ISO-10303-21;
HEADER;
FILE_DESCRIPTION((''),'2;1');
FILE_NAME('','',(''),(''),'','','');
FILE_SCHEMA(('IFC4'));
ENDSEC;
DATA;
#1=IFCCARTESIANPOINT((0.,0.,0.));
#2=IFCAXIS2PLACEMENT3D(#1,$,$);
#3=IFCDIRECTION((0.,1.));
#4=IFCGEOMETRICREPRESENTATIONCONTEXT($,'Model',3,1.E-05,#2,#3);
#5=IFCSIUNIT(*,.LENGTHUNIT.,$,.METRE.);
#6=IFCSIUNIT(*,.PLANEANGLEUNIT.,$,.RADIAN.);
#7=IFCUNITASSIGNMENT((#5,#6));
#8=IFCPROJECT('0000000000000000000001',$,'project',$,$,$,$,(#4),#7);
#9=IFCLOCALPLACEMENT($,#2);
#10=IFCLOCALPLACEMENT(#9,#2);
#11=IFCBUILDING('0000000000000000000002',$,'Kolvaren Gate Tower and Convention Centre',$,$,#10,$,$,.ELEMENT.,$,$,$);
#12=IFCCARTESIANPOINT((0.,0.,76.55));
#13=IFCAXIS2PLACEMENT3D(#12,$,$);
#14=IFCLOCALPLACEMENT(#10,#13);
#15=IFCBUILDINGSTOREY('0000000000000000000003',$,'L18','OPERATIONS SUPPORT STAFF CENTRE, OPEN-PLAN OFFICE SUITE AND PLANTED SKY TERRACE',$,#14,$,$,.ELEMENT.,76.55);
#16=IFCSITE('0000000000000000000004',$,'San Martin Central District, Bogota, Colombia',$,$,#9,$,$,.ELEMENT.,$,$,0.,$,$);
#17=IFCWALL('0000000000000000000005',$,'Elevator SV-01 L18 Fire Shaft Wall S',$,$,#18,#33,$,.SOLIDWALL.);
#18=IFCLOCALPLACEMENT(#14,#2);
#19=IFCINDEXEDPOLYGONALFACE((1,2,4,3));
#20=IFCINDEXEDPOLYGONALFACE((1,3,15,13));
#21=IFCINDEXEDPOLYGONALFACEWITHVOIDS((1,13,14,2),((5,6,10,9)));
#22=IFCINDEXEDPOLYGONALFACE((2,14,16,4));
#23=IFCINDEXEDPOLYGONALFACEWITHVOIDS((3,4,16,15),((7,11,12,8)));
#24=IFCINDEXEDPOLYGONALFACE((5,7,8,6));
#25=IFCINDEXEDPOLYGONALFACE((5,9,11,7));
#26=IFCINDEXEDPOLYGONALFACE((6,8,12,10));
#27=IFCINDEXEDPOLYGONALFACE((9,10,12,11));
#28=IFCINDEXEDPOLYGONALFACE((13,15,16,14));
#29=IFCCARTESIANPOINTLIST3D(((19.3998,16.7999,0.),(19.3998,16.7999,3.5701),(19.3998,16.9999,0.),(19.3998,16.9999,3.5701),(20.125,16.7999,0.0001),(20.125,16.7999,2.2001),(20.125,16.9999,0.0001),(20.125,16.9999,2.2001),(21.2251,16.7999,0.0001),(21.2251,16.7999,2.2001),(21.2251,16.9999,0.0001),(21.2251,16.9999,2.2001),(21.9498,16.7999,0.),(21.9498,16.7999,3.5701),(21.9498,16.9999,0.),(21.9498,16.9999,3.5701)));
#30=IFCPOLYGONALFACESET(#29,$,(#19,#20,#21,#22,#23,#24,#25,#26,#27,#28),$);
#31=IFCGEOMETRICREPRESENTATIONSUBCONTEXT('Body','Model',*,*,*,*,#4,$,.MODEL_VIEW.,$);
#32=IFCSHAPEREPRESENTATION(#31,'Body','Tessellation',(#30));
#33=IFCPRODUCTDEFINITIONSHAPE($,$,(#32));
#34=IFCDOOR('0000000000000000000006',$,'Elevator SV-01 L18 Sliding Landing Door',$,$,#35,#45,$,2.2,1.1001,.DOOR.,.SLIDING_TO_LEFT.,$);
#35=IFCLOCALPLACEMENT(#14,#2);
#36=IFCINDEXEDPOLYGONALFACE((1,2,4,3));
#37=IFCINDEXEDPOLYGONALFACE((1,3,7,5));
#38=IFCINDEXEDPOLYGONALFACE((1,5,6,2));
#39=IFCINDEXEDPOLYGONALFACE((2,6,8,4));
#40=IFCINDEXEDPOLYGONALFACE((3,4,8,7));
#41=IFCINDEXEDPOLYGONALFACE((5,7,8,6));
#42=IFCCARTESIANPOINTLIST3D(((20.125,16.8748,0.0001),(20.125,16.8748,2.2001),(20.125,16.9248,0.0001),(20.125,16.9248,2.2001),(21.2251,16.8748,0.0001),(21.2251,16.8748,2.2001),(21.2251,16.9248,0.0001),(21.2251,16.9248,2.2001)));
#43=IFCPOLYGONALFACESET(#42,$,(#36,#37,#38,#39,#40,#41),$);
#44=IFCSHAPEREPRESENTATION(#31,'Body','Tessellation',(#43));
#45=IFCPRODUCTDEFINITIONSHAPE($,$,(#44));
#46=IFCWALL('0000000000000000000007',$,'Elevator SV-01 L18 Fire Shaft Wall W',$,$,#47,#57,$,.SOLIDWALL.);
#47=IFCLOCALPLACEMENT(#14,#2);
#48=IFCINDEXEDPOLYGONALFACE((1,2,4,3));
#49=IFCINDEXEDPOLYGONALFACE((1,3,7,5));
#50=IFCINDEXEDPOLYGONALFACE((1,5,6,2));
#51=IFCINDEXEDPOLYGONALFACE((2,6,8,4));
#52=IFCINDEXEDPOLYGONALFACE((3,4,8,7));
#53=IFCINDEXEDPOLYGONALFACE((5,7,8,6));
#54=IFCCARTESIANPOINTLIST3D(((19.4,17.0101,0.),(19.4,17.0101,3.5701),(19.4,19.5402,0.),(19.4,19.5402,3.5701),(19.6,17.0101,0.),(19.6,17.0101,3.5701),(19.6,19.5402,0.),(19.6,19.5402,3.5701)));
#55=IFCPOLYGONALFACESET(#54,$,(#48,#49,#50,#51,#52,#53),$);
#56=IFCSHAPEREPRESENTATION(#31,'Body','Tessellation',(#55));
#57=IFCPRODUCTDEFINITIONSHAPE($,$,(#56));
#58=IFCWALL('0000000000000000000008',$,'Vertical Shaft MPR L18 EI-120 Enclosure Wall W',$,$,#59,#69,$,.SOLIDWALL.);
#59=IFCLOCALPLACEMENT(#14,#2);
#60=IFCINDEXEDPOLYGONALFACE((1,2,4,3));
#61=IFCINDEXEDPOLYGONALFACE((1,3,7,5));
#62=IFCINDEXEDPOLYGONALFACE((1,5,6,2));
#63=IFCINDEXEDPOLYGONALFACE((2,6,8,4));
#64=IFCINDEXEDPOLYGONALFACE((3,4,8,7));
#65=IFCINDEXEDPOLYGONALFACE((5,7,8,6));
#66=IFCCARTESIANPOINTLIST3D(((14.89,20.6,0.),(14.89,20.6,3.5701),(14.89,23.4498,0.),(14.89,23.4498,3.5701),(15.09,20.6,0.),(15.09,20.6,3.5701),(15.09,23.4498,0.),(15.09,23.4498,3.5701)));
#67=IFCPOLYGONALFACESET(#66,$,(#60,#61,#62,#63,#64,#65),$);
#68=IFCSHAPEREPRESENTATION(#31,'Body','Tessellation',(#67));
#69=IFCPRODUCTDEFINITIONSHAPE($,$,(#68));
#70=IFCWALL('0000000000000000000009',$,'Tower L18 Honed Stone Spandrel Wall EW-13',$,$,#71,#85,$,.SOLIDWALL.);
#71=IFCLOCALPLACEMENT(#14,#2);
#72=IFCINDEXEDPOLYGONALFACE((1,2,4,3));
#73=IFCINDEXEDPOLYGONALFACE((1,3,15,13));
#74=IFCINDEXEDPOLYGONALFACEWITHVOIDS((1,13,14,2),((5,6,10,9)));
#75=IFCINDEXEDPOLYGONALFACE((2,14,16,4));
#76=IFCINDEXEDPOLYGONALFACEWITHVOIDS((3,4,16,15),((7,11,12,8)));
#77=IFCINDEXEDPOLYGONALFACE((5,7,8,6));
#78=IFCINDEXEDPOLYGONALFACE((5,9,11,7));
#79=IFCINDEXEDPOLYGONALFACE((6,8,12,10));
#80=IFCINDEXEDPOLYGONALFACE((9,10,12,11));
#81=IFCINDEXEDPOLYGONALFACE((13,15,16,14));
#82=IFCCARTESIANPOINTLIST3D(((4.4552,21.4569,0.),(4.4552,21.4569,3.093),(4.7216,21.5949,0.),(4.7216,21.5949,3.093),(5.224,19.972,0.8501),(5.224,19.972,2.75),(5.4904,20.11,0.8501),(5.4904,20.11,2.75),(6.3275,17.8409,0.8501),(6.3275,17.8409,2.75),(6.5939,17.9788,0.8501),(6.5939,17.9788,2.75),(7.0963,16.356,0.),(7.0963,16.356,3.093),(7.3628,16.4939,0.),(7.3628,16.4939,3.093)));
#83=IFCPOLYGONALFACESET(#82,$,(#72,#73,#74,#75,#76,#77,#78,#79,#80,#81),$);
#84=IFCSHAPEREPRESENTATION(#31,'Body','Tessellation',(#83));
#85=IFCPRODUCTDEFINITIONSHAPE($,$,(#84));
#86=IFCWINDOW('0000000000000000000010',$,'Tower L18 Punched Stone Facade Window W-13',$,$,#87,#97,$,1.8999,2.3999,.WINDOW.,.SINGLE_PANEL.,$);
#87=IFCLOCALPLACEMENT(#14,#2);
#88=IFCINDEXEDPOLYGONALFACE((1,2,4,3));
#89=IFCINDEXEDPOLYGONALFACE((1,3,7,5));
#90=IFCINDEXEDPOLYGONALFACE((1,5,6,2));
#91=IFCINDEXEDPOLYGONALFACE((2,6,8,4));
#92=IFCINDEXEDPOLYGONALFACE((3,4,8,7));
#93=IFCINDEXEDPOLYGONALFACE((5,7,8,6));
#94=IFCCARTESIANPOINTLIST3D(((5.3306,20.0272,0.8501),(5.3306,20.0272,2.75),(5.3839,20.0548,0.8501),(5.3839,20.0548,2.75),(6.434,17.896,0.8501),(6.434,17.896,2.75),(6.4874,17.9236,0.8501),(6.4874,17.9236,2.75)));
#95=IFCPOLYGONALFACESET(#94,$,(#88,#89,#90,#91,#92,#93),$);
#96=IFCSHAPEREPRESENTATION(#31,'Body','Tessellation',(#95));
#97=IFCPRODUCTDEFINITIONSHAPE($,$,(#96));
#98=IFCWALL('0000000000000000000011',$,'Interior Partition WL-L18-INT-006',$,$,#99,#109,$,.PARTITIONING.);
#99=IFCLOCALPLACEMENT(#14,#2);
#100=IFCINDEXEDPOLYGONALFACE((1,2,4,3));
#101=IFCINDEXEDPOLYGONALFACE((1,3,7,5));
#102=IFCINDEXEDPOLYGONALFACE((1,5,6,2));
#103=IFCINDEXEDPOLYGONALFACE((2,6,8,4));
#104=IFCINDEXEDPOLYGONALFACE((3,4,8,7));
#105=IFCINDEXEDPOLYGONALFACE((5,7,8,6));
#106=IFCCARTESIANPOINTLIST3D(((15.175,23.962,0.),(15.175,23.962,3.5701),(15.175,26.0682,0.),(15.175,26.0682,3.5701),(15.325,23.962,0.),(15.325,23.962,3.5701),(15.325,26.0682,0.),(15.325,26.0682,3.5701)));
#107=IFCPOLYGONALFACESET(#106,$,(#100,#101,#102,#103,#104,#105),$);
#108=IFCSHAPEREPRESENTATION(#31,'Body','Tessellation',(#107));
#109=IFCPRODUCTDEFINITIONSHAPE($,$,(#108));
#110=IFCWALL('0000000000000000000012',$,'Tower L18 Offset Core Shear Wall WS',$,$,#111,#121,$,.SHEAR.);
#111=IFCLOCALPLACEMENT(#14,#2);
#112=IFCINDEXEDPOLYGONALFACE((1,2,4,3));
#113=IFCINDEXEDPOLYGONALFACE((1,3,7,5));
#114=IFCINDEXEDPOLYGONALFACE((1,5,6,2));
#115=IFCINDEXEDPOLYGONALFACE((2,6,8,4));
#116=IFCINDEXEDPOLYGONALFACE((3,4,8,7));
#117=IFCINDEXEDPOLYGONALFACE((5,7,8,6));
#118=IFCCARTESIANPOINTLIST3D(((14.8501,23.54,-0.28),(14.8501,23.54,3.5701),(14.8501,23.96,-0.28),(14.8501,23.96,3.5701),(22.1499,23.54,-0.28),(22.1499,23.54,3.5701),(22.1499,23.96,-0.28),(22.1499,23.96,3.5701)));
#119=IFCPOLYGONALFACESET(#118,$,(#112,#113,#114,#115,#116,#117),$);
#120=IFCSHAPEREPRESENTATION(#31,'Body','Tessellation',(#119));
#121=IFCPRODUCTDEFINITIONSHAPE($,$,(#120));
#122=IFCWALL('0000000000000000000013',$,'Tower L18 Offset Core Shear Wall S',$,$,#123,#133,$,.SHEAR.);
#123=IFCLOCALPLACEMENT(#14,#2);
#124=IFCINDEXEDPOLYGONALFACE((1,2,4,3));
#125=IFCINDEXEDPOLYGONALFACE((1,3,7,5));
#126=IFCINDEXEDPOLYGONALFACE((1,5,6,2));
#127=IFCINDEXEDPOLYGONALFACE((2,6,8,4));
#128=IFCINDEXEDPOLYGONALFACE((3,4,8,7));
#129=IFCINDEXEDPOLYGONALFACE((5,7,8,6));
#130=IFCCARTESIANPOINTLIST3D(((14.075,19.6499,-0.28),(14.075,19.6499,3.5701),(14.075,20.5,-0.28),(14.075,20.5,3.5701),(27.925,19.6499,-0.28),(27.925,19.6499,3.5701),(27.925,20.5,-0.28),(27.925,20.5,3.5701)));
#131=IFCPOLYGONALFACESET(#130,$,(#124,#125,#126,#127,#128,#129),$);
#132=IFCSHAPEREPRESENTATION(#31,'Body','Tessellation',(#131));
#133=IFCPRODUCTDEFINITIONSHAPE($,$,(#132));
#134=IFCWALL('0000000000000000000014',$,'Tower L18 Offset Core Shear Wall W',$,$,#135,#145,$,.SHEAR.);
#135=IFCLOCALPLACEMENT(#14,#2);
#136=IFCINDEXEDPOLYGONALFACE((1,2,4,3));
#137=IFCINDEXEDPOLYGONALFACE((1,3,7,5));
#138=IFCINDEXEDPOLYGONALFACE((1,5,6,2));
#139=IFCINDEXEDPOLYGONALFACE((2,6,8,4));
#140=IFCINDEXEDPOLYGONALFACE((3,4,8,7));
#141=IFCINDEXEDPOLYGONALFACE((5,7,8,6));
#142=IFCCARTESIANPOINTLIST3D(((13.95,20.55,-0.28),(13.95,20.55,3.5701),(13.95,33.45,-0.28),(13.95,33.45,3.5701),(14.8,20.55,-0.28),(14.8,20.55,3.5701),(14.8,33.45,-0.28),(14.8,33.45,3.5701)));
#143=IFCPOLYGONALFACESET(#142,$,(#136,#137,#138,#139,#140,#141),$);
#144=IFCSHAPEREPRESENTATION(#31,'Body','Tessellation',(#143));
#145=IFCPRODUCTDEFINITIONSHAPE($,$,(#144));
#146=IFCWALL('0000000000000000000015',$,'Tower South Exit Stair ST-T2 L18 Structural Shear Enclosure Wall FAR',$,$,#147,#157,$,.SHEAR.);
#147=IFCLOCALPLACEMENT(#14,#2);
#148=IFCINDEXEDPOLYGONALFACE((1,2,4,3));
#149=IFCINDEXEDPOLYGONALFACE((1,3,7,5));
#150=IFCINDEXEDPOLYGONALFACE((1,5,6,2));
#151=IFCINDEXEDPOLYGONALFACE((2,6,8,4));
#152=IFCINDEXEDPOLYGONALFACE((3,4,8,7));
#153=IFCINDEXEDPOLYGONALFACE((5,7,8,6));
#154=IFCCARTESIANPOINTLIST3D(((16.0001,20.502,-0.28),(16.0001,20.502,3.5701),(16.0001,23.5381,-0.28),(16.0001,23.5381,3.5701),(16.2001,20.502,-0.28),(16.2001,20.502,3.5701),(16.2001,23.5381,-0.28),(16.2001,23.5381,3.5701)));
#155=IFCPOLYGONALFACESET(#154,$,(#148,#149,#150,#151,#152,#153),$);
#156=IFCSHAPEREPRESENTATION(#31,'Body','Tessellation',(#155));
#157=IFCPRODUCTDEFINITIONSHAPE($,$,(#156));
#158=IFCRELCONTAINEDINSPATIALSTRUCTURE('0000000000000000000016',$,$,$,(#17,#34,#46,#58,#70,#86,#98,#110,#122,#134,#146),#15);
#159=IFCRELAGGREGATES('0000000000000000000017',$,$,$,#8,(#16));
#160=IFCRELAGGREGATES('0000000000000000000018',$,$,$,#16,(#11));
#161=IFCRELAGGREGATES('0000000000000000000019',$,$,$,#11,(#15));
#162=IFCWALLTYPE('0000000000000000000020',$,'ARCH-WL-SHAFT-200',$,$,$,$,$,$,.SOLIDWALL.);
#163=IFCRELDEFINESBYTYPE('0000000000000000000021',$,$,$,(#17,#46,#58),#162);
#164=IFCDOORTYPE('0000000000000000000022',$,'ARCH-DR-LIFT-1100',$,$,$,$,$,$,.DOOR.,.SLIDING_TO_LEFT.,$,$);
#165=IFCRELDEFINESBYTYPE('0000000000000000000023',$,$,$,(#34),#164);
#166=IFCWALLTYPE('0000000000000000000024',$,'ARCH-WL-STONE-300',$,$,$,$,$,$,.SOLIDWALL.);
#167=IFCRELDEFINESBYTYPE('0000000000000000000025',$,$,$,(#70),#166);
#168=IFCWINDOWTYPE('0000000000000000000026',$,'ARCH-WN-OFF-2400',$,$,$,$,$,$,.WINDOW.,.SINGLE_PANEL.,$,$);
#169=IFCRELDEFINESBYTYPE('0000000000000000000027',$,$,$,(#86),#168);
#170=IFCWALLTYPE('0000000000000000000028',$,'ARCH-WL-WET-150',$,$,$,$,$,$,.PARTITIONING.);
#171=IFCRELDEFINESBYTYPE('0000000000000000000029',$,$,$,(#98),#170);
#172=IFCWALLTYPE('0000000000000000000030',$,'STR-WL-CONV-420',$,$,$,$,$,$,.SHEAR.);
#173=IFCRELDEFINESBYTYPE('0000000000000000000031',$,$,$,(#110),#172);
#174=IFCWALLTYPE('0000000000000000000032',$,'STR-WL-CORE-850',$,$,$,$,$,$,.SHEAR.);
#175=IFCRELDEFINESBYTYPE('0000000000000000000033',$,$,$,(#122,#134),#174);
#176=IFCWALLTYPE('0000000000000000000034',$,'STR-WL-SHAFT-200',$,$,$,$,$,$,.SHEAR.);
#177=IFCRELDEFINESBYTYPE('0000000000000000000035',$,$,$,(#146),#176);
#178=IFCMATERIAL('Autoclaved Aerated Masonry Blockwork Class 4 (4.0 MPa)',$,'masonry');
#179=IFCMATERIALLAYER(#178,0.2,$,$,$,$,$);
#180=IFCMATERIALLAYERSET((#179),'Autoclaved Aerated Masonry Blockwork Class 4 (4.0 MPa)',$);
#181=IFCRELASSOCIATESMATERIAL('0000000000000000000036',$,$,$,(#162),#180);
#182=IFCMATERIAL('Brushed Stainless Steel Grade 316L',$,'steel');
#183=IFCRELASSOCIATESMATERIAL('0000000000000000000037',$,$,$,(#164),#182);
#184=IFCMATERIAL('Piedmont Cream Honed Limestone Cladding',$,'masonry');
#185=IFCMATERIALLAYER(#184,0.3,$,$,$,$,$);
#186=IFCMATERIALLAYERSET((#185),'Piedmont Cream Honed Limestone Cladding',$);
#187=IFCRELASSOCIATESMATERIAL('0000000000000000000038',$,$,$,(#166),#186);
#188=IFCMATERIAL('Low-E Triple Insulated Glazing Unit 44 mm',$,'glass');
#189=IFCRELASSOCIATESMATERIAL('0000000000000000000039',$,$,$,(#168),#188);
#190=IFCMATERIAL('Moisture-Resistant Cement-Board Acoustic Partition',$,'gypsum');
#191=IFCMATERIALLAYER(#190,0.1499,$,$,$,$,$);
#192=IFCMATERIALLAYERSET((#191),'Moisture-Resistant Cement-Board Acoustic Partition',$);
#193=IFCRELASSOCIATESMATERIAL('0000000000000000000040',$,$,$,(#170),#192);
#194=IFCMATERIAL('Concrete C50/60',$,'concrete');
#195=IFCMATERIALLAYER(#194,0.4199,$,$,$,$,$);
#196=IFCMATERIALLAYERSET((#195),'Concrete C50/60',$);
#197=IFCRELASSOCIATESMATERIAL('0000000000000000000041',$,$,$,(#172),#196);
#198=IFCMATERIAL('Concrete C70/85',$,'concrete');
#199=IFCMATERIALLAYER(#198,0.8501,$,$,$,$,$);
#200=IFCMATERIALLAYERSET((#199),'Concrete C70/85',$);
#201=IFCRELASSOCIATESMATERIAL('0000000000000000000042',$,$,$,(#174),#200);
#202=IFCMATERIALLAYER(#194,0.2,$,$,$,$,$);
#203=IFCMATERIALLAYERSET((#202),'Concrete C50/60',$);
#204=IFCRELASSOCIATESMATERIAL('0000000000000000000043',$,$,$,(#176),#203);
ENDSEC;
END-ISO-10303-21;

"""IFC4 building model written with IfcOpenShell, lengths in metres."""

from ifc_helpers import new_model, si_unit, direction, frame, frame_2d, origin, place, context, subcontext, project, spatial, rectangle, extrude, material, layer, layer_set, type_object, element, fill, save


model = new_model("IFC4")

# Units and contexts
model_context = context("Model", 3, precision=1e-05, world=origin(), true_north=direction((0.0, 1.0)))
body_context = subcontext(model_context, "Body", "Model", "MODEL_VIEW")
ifc_project = project(units=[si_unit("LENGTHUNIT", "METRE"), si_unit("PLANEANGLEUNIT", "RADIAN")], contexts=[model_context])

# Site, building, storey
site_placement = place(None, origin())
site = spatial("IfcSite", under=ifc_project, at=site_placement, Name="San Martin Central District, Bogota, Colombia", CompositionType="ELEMENT", RefElevation=0.0)
building_placement = place(site_placement, origin())
building = spatial("IfcBuilding", under=site, at=building_placement, Name="Kolvaren Gate Tower and Convention Centre", CompositionType="ELEMENT")
storey_placement = place(building_placement, frame((0.0, 0.0, 76.55)))
storey = spatial("IfcBuildingStorey", under=building, at=storey_placement, Name="L18", Description="OPERATIONS SUPPORT STAFF CENTRE, OPEN-PLAN OFFICE SUITE AND PLANTED SKY TERRACE", CompositionType="ELEMENT", Elevation=76.55)

# Shared definitions
ifc_material_1 = material(Name="Autoclaved Aerated Masonry Blockwork Class 4 (4.0 MPa)", Category="masonry")
ifc_material_2 = material(Name="Piedmont Cream Honed Limestone Cladding", Category="masonry")

# Wall, opening, door
ifc_layer_1 = layer(ifc_material_1, 0.2)
ifc_layer_set_1 = layer_set([ifc_layer_1], Name="Autoclaved Aerated Masonry Blockwork Class 4 (4.0 MPa)")
wall_type_1 = type_object("IfcWallType", Name="ARCH-WL-SHAFT-200", PredefinedType="SOLIDWALL", material=ifc_layer_set_1)
wall_1_placement = place(storey_placement, frame((19.3999, 16.8999, 0.0), z_axis=(0.0, 0.0, 1.0), x_axis=(1.0, 0.0, 0.0)))
wall_1 = element("IfcWall", 1, at=wall_1_placement, inside=storey, type_object=wall_type_1, Name="Elevator SV-01 L18 Fire Shaft Wall S", PredefinedType="SOLIDWALL", context=body_context, shape_type="SweptSolid", body=[
    extrude(rectangle(XDim=2.55, YDim=0.2, at=frame_2d((1.2749, 0.0))), origin(), (0.0, 0.0, 1.0), 3.5701),
])
opening_1_placement = place(wall_1_placement, frame((0.7251, 0.0, 0.0)))
opening_1 = element("IfcOpeningElement", 2, at=opening_1_placement, cuts=wall_1, PredefinedType="OPENING", context=body_context, shape_type="SweptSolid", body=[
    extrude(rectangle(XDim=1.1001, YDim=2.2, at=frame_2d((0.55, 1.1001))), frame((0.0, 0.1099, 0.0), z_axis=(0.0, -1.0, 0.0), x_axis=(1.0, 0.0, 0.0)), (0.0, 0.0, 1.0), 0.22),
])
ifc_material_3 = material(Name="Brushed Stainless Steel Grade 316L", Category="steel")
door_type = type_object("IfcDoorType", Name="ARCH-DR-LIFT-1100", OperationType="SLIDING_TO_LEFT", PredefinedType="DOOR", material=ifc_material_3)
door_placement = place(opening_1_placement, origin())
door = element("IfcDoor", 3, at=door_placement, inside=storey, type_object=door_type, Name="Elevator SV-01 L18 Sliding Landing Door", OperationType="SLIDING_TO_LEFT", OverallHeight=2.2, OverallWidth=1.1001, PredefinedType="DOOR", context=body_context, shape_type="SweptSolid", body=[
    extrude(rectangle(XDim=1.1001, YDim=2.2, at=frame_2d((0.55, 1.1001))), frame((0.0, 0.0249, 0.0), z_axis=(0.0, -1.0, 0.0), x_axis=(1.0, 0.0, 0.0)), (0.0, 0.0, 1.0), 0.05),
])
fill(opening_1, door)

# Walls
wall_2_placement = place(storey_placement, frame((19.5, 17.01, 0.0), z_axis=(0.0, 0.0, 1.0), x_axis=(0.0, 1.0, 0.0)))
element("IfcWall", 4, at=wall_2_placement, inside=storey, type_object=wall_type_1, Name="Elevator SV-01 L18 Fire Shaft Wall W", PredefinedType="SOLIDWALL", context=body_context, shape_type="SweptSolid", body=[
    extrude(rectangle(XDim=2.53, YDim=0.2, at=frame_2d((1.2651, 0.0))), origin(), (0.0, 0.0, 1.0), 3.5701),
])
wall_3_placement = place(storey_placement, frame((14.99, 20.6001, 0.0), z_axis=(0.0, 0.0, 1.0), x_axis=(0.0, 1.0, 0.0)))
element("IfcWall", 5, at=wall_3_placement, inside=storey, type_object=wall_type_1, Name="Vertical Shaft MPR L18 EI-120 Enclosure Wall W", PredefinedType="SOLIDWALL", context=body_context, shape_type="SweptSolid", body=[
    extrude(rectangle(XDim=2.8499, YDim=0.2, at=frame_2d((1.4248, 0.0))), origin(), (0.0, 0.0, 1.0), 3.5701),
])

# Wall, opening, window
ifc_layer_2 = layer(ifc_material_2, 0.3)
ifc_layer_set_2 = layer_set([ifc_layer_2], Name="Piedmont Cream Honed Limestone Cladding")
wall_type_2 = type_object("IfcWallType", Name="ARCH-WL-STONE-300", PredefinedType="SOLIDWALL", material=ifc_layer_set_2)
wall_4_placement = place(storey_placement, frame((4.5884, 21.5259, 0.0), z_axis=(0.0, 0.0, 1.0), x_axis=(0.459801, -0.888022, 0.0)))
wall_4 = element("IfcWall", 6, at=wall_4_placement, inside=storey, type_object=wall_type_2, Name="Tower L18 Honed Stone Spandrel Wall EW-13", PredefinedType="SOLIDWALL", context=body_context, shape_type="SweptSolid", body=[
    extrude(rectangle(XDim=5.7441, YDim=0.3, at=frame_2d((2.8721, 0.0))), origin(), (0.0, 0.0, 1.0), 3.093),
])
opening_2_placement = place(wall_4_placement, frame((1.6721, 0.0, 0.8501)))
opening_2 = element("IfcOpeningElement", 7, at=opening_2_placement, cuts=wall_4, PredefinedType="OPENING", context=body_context, shape_type="SweptSolid", body=[
    extrude(rectangle(XDim=2.3999, YDim=1.8999, at=frame_2d((1.2, 0.95))), frame((0.0, 0.1599, 0.0), z_axis=(0.0, -1.0, 0.0), x_axis=(1.0, 0.0, 0.0)), (0.0, 0.0, 1.0), 0.3201),
])
ifc_material_4 = material(Name="Low-E Triple Insulated Glazing Unit 44 mm", Category="glass")
window_type = type_object("IfcWindowType", Name="ARCH-WN-OFF-2400", PartitioningType="SINGLE_PANEL", PredefinedType="WINDOW", material=ifc_material_4)
window_placement = place(opening_2_placement, origin())
window = element("IfcWindow", 8, at=window_placement, inside=storey, type_object=window_type, Name="Tower L18 Punched Stone Facade Window W-13", OverallHeight=1.8999, OverallWidth=2.3999, PartitioningType="SINGLE_PANEL", PredefinedType="WINDOW", context=body_context, shape_type="SweptSolid", body=[
    extrude(rectangle(XDim=2.3999, YDim=1.8999, at=frame_2d((1.2, 0.95))), frame((0.0, 0.03, 0.0), z_axis=(0.0, -1.0, 0.0), x_axis=(1.0, 0.0, 0.0)), (0.0, 0.0, 1.0), 0.0601),
])
fill(opening_2, window)

# Walls
ifc_material_5 = material(Name="Moisture-Resistant Cement-Board Acoustic Partition", Category="gypsum")
ifc_layer_3 = layer(ifc_material_5, 0.1499)
ifc_layer_set_3 = layer_set([ifc_layer_3], Name="Moisture-Resistant Cement-Board Acoustic Partition")
wall_type_3 = type_object("IfcWallType", Name="ARCH-WL-WET-150", PredefinedType="PARTITIONING", material=ifc_layer_set_3)
wall_5_placement = place(storey_placement, frame((15.25, 23.9619, 0.0), z_axis=(0.0, 0.0, 1.0), x_axis=(0.0, 1.0, 0.0)))
element("IfcWall", 9, at=wall_5_placement, inside=storey, type_object=wall_type_3, Name="Interior Partition WL-L18-INT-006", PredefinedType="PARTITIONING", context=body_context, shape_type="SweptSolid", body=[
    extrude(rectangle(XDim=2.1062, YDim=0.1499, at=frame_2d((1.0532, 0.0))), origin(), (0.0, 0.0, 1.0), 3.5701),
])
ifc_material_6 = material(Name="Concrete C50/60", Category="concrete")
ifc_layer_4 = layer(ifc_material_6, 0.4199)
ifc_layer_set_4 = layer_set([ifc_layer_4], Name="Concrete C50/60")
wall_type_4 = type_object("IfcWallType", Name="STR-WL-CONV-420", PredefinedType="SHEAR", material=ifc_layer_set_4)
wall_6_placement = place(storey_placement, frame((14.8501, 23.75, -0.28), z_axis=(0.0, 0.0, 1.0), x_axis=(1.0, 0.0, 0.0)))
element("IfcWall", 10, at=wall_6_placement, inside=storey, type_object=wall_type_4, Name="Tower L18 Offset Core Shear Wall WS", PredefinedType="SHEAR", context=body_context, shape_type="SweptSolid", body=[
    extrude(rectangle(XDim=7.2998, YDim=0.4199, at=frame_2d((3.6499, 0.0))), origin(), (0.0, 0.0, 1.0), 3.8501),
])
ifc_material_7 = material(Name="Concrete C70/85", Category="concrete")
ifc_layer_5 = layer(ifc_material_7, 0.8501)
ifc_layer_set_5 = layer_set([ifc_layer_5], Name="Concrete C70/85")
wall_type_5 = type_object("IfcWallType", Name="STR-WL-CORE-850", PredefinedType="SHEAR", material=ifc_layer_set_5)
wall_7_placement = place(storey_placement, frame((14.075, 20.075, -0.28), z_axis=(0.0, 0.0, 1.0), x_axis=(1.0, 0.0, 0.0)))
element("IfcWall", 11, at=wall_7_placement, inside=storey, type_object=wall_type_5, Name="Tower L18 Offset Core Shear Wall S", PredefinedType="SHEAR", context=body_context, shape_type="SweptSolid", body=[
    extrude(rectangle(XDim=13.8501, YDim=0.8501, at=frame_2d((6.925, 0.0))), origin(), (0.0, 0.0, 1.0), 3.8501),
])
wall_8_placement = place(storey_placement, frame((14.375, 20.55, -0.28), z_axis=(0.0, 0.0, 1.0), x_axis=(0.0, 1.0, 0.0)))
element("IfcWall", 12, at=wall_8_placement, inside=storey, type_object=wall_type_5, Name="Tower L18 Offset Core Shear Wall W", PredefinedType="SHEAR", context=body_context, shape_type="SweptSolid", body=[
    extrude(rectangle(XDim=12.8999, YDim=0.8501, at=frame_2d((6.45, 0.0))), origin(), (0.0, 0.0, 1.0), 3.8501),
])
ifc_layer_6 = layer(ifc_material_6, 0.2)
ifc_layer_set_6 = layer_set([ifc_layer_6], Name="Concrete C50/60")
wall_type_6 = type_object("IfcWallType", Name="STR-WL-SHAFT-200", PredefinedType="SHEAR", material=ifc_layer_set_6)
wall_9_placement = place(storey_placement, frame((16.1001, 20.502, -0.28), z_axis=(0.0, 0.0, 1.0), x_axis=(0.0, 1.0, 0.0)))
element("IfcWall", 13, at=wall_9_placement, inside=storey, type_object=wall_type_6, Name="Tower South Exit Stair ST-T2 L18 Structural Shear Enclosure Wall FAR", PredefinedType="SHEAR", context=body_context, shape_type="SweptSolid", body=[
    extrude(rectangle(XDim=3.0361, YDim=0.2, at=frame_2d((1.5181, 0.0))), origin(), (0.0, 0.0, 1.0), 3.8501),
])

save(model, "model.ifc")
